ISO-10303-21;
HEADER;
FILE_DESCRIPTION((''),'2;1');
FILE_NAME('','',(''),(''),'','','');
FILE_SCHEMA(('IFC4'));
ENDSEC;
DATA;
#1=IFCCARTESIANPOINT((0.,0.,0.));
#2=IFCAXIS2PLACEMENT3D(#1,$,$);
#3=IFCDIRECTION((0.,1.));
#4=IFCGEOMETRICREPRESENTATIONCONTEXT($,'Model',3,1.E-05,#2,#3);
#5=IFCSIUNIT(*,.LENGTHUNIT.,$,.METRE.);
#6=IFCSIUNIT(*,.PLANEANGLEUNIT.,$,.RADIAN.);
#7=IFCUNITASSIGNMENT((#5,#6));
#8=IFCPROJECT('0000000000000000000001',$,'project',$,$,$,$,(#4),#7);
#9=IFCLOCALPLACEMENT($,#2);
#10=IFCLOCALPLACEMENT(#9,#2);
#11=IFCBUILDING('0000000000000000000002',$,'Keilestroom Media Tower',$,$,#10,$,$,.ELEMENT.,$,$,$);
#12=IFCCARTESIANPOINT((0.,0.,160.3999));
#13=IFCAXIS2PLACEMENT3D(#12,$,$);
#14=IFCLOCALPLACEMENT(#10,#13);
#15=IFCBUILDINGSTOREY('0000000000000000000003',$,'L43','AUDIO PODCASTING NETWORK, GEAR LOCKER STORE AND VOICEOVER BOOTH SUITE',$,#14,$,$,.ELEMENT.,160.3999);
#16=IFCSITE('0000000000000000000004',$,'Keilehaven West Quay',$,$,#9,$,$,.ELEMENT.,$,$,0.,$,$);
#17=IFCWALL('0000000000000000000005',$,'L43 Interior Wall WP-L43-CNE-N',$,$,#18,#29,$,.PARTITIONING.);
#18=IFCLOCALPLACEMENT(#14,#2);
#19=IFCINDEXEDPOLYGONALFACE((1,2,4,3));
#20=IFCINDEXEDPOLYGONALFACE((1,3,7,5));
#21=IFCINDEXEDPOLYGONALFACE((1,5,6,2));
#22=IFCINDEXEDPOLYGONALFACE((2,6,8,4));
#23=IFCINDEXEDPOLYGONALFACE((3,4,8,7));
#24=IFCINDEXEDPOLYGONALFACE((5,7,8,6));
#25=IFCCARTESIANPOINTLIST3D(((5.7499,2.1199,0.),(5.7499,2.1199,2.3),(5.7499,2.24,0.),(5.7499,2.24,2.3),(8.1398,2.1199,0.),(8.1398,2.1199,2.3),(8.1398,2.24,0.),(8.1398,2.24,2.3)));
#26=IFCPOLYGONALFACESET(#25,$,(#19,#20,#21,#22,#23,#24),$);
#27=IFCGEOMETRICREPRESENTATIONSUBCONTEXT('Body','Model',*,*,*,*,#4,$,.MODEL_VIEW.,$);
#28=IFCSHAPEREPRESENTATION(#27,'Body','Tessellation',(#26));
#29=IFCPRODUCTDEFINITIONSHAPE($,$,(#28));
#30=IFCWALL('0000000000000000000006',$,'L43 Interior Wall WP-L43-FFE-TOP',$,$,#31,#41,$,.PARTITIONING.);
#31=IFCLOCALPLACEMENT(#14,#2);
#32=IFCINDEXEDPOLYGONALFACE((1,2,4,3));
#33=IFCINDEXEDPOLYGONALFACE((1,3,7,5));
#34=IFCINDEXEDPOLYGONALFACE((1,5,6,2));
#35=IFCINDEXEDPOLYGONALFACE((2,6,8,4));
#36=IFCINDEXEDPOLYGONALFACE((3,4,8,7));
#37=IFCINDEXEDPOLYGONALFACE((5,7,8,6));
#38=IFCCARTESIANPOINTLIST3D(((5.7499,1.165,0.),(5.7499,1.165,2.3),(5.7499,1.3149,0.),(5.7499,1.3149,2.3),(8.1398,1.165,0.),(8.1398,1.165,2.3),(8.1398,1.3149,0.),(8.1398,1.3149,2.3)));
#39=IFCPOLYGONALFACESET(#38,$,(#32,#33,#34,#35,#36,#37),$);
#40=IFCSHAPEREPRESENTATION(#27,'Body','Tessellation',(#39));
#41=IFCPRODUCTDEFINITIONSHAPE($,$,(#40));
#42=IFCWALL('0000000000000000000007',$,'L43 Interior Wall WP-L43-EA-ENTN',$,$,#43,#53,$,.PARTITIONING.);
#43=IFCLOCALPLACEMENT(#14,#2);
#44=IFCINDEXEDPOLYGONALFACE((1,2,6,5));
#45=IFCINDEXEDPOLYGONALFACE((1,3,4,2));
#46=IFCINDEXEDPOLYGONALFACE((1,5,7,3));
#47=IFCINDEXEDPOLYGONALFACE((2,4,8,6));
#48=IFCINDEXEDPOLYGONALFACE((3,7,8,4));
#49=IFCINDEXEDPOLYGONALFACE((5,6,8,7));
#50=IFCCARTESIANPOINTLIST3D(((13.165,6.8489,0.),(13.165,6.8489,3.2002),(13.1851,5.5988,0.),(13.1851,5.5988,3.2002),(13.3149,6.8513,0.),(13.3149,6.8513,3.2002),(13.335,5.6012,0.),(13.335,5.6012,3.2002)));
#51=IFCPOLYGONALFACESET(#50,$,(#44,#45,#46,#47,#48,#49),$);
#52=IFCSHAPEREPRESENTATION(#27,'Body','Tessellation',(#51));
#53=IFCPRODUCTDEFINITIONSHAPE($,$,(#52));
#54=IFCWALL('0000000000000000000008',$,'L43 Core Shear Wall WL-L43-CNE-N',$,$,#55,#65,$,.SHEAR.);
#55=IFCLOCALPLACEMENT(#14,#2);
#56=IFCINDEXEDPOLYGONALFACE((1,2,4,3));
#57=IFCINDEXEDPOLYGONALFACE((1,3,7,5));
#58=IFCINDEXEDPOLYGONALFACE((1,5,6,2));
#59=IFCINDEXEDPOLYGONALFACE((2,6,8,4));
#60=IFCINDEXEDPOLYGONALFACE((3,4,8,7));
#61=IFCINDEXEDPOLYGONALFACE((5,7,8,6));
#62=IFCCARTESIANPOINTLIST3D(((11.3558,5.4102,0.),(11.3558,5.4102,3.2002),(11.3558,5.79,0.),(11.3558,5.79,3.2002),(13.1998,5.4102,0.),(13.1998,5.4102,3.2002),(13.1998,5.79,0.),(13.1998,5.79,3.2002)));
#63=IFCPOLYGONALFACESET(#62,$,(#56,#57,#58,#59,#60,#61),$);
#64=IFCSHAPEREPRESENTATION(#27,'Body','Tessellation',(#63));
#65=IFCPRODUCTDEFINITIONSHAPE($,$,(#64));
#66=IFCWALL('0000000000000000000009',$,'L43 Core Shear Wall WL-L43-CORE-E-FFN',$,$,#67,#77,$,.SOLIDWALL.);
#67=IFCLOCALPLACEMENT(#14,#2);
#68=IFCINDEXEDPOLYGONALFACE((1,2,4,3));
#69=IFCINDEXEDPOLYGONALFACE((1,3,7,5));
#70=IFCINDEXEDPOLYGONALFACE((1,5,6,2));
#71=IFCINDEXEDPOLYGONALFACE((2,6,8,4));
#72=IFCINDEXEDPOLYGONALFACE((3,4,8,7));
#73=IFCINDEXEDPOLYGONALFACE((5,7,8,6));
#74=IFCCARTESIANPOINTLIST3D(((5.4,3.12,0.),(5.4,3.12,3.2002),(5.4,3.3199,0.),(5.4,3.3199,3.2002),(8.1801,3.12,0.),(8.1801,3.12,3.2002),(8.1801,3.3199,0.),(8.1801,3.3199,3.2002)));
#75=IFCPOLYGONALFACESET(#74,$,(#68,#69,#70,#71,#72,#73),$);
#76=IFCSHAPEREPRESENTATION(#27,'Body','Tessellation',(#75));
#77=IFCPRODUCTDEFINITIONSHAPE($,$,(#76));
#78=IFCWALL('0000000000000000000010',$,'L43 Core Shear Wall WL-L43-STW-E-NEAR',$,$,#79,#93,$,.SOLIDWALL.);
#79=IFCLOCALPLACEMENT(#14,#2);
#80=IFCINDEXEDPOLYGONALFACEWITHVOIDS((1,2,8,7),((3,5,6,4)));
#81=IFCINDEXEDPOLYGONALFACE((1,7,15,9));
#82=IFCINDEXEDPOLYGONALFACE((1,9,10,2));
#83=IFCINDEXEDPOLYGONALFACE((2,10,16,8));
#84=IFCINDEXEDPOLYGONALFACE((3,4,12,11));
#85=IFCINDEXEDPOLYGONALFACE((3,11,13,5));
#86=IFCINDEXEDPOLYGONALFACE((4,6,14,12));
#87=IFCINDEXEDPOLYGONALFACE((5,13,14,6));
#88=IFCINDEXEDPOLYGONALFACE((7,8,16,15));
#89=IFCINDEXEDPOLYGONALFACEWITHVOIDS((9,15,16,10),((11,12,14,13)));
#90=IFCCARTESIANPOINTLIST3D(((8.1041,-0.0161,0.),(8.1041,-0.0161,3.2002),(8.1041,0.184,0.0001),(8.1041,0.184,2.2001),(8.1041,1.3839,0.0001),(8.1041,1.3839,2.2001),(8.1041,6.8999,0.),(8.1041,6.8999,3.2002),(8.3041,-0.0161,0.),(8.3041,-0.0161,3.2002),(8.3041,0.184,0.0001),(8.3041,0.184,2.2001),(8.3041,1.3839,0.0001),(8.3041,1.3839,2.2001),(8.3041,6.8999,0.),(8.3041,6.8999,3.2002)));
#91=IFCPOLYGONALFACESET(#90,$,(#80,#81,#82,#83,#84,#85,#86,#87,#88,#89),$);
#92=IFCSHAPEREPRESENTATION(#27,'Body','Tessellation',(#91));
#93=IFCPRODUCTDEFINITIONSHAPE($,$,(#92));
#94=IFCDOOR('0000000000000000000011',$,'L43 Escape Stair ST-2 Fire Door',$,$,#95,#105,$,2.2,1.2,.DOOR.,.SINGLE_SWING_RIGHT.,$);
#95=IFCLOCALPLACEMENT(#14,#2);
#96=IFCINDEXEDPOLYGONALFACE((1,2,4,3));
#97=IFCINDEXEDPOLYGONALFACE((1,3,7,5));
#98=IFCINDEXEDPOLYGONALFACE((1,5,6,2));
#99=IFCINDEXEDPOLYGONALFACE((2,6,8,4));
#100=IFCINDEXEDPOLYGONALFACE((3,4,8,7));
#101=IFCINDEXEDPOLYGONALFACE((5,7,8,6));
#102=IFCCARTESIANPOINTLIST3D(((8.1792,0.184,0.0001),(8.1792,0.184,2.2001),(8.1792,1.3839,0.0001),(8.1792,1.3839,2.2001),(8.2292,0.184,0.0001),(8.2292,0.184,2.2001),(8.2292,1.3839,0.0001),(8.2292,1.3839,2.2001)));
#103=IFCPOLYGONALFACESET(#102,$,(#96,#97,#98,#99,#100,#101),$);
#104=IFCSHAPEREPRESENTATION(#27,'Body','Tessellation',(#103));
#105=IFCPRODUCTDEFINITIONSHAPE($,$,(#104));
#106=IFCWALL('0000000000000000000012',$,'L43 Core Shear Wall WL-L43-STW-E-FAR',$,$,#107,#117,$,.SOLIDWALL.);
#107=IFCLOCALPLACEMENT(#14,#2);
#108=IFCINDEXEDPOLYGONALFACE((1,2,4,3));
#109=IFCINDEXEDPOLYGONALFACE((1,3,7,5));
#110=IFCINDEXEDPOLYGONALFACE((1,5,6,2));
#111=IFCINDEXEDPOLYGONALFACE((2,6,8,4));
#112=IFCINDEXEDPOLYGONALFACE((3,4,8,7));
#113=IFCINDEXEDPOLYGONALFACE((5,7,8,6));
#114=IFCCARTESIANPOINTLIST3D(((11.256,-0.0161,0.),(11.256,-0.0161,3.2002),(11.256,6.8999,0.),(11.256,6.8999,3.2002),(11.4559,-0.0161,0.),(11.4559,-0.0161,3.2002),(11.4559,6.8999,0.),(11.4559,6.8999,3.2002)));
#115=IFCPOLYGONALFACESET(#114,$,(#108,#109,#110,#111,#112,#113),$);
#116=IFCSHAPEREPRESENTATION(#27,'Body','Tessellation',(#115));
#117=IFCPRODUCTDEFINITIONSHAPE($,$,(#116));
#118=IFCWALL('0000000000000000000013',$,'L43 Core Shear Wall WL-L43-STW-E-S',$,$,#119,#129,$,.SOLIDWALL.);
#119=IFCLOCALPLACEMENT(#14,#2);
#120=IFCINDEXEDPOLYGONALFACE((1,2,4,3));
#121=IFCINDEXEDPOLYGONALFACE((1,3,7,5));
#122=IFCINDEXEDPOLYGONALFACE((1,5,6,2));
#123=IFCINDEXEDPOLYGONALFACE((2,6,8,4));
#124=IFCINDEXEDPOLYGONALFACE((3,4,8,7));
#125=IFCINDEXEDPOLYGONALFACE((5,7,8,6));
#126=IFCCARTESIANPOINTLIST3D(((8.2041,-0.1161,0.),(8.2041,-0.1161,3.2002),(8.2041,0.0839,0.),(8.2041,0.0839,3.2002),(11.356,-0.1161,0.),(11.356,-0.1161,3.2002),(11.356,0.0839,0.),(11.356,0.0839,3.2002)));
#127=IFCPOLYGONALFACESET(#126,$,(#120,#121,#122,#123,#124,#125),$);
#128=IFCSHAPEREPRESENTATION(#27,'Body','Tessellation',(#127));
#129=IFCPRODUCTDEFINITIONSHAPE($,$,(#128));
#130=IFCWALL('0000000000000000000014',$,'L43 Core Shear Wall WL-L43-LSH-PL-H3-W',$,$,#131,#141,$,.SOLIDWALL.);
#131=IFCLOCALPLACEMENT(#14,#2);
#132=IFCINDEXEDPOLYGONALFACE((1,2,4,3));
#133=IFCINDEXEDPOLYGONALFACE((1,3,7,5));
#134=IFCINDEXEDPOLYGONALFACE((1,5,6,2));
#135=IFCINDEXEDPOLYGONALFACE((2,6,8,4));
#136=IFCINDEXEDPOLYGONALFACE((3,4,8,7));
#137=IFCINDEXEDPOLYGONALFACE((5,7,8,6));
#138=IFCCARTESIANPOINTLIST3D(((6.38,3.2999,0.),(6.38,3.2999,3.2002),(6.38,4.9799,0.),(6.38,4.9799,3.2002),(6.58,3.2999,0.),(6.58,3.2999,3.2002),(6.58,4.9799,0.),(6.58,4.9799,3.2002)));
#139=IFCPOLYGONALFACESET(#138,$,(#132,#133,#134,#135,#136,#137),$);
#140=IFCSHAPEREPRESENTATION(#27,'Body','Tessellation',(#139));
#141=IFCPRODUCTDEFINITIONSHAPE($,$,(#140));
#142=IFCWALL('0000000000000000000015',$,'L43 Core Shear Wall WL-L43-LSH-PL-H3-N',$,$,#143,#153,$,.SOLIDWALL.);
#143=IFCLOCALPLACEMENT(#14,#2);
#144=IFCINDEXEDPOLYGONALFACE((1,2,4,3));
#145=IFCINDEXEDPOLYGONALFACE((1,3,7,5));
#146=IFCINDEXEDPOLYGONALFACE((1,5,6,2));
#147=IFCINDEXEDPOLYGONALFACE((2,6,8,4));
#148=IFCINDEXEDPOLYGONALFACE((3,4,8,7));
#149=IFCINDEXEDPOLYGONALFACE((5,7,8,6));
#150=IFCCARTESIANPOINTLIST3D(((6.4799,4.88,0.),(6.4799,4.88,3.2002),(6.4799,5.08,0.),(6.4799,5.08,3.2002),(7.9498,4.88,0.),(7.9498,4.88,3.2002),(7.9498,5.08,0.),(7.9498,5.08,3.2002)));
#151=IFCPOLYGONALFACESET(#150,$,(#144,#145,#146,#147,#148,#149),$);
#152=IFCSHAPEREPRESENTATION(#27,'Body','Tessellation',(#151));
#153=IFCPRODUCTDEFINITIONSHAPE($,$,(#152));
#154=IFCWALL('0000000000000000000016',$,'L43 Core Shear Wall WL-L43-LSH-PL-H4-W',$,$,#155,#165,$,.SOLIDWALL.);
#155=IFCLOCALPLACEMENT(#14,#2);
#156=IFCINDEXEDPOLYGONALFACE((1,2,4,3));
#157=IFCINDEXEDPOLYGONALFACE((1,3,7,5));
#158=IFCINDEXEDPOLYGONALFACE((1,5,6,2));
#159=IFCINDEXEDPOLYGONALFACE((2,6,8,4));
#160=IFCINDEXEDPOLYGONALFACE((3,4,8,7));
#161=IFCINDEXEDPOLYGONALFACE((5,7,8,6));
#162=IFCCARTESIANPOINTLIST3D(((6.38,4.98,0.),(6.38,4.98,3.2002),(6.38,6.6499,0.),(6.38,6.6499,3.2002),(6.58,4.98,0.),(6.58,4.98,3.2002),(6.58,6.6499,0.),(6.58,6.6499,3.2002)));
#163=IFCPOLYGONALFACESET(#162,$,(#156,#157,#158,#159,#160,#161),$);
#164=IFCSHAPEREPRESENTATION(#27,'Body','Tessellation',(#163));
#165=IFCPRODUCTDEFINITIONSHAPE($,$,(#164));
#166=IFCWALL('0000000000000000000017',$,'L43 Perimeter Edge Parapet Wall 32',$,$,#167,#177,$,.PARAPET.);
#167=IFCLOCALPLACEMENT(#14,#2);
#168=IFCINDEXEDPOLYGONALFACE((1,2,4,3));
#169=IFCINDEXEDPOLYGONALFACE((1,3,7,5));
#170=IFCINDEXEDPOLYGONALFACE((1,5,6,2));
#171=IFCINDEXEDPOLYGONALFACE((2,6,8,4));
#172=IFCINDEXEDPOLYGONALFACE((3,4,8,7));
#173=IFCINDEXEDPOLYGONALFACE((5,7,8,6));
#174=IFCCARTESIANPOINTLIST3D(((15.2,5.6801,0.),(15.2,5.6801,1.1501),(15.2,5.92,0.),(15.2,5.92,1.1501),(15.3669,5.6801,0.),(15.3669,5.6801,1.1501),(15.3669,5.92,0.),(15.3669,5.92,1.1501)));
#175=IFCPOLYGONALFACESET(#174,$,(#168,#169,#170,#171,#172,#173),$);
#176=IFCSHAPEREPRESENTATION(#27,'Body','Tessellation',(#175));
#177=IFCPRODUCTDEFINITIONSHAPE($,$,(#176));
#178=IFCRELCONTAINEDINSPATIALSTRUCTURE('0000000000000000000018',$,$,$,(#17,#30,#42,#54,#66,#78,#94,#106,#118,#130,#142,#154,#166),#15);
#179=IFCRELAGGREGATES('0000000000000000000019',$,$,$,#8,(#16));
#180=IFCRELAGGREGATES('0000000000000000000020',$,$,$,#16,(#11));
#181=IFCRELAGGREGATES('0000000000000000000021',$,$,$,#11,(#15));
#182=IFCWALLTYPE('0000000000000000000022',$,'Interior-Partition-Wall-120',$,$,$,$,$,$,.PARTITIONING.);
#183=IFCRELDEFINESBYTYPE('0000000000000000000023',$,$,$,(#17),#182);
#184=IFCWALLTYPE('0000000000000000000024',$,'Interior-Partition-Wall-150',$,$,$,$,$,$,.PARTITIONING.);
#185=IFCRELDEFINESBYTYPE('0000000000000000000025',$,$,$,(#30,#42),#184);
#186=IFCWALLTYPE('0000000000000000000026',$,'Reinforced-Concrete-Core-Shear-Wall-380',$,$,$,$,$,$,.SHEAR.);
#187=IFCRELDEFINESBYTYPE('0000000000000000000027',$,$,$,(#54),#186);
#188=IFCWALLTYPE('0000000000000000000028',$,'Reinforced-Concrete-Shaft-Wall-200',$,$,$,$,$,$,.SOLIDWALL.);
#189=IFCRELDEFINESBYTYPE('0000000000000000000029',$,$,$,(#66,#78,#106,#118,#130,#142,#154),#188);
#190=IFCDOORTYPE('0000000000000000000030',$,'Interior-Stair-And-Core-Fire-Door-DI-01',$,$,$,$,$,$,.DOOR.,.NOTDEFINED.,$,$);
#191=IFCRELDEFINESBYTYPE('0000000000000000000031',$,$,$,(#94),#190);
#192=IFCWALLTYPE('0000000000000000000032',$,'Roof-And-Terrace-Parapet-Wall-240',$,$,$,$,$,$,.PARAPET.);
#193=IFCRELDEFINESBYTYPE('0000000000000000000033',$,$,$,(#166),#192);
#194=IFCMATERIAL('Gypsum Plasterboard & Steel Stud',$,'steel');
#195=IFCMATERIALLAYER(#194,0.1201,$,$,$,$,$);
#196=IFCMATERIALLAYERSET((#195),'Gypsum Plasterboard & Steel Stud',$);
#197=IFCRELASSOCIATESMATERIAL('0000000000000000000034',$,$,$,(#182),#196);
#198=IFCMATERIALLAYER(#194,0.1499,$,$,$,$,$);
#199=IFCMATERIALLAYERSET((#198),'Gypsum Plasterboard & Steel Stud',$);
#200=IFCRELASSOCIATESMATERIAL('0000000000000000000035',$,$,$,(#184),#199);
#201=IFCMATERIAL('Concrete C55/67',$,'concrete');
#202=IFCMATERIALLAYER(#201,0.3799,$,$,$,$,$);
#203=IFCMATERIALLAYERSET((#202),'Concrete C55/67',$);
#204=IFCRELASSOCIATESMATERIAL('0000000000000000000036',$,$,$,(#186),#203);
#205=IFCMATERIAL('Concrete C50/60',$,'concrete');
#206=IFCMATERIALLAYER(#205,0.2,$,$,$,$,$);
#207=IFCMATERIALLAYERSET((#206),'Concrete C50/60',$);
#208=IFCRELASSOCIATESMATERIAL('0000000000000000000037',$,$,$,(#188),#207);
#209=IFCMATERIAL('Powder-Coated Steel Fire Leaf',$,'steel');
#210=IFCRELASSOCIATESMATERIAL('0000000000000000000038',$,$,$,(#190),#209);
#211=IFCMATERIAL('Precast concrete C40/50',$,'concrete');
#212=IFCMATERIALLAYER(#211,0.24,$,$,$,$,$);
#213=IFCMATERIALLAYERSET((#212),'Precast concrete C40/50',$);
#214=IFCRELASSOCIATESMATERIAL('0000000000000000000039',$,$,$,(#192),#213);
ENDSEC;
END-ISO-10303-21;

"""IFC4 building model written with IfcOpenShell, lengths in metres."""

from ifc_helpers import new_model, si_unit, direction, frame, frame_2d, origin, place, context, subcontext, project, spatial, rectangle, extrude, source, transform, mapped, material, layer, layer_set, type_object, element, fill, save


model = new_model("IFC4")

# Units and contexts
model_context = context("Model", 3, precision=1e-05, world=origin(), true_north=direction((0.0, 1.0)))
body_context = subcontext(model_context, "Body", "Model", "MODEL_VIEW")
ifc_project = project(units=[si_unit("LENGTHUNIT", "METRE"), si_unit("PLANEANGLEUNIT", "RADIAN")], contexts=[model_context])

# Site, building, storey
site_placement = place(None, origin())
site = spatial("IfcSite", under=ifc_project, at=site_placement, Name="Keilehaven West Quay", CompositionType="ELEMENT", RefElevation=0.0)
building_placement = place(site_placement, origin())
building = spatial("IfcBuilding", under=site, at=building_placement, Name="Keilestroom Media Tower", CompositionType="ELEMENT")
storey_placement = place(building_placement, frame((0.0, 0.0, 160.3999)))
storey = spatial("IfcBuildingStorey", under=building, at=storey_placement, Name="L43", Description="AUDIO PODCASTING NETWORK, GEAR LOCKER STORE AND VOICEOVER BOOTH SUITE", CompositionType="ELEMENT", Elevation=160.3999)

# Shared definitions
ifc_material_1 = material(Name="Precast concrete C40/50", Category="concrete")
ifc_material_2 = material(Name="Concrete C55/67", Category="concrete")

# Walls
ifc_material_3 = material(Name="Gypsum Plasterboard & Steel Stud", Category="steel")
ifc_layer_1 = layer(ifc_material_3, 0.1201)
ifc_layer_set_1 = layer_set([ifc_layer_1], Name="Gypsum Plasterboard & Steel Stud")
wall_type_1 = type_object("IfcWallType", Name="Interior-Partition-Wall-120", PredefinedType="PARTITIONING", material=ifc_layer_set_1)
wall_1_placement = place(storey_placement, frame((5.75, 2.1799, 0.0), z_axis=(0.0, 0.0, 1.0), x_axis=(1.0, 0.0, 0.0)))
element("IfcWall", 1, at=wall_1_placement, inside=storey, type_object=wall_type_1, Name="L43 Interior Wall WP-L43-CNE-N", PredefinedType="PARTITIONING", context=body_context, shape_type="SweptSolid", body=[
    extrude(rectangle(XDim=2.3899, YDim=0.1201, at=frame_2d((1.1948, 0.0))), origin(), (0.0, 0.0, 1.0), 2.3),
])
ifc_layer_2 = layer(ifc_material_3, 0.1499)
ifc_layer_set_2 = layer_set([ifc_layer_2], Name="Gypsum Plasterboard & Steel Stud")
wall_type_2 = type_object("IfcWallType", Name="Interior-Partition-Wall-150", PredefinedType="PARTITIONING", material=ifc_layer_set_2)
wall_2_placement = place(storey_placement, frame((5.75, 1.24, 0.0), z_axis=(0.0, 0.0, 1.0), x_axis=(1.0, 0.0, 0.0)))
element("IfcWall", 2, at=wall_2_placement, inside=storey, type_object=wall_type_2, Name="L43 Interior Wall WP-L43-FFE-TOP", PredefinedType="PARTITIONING", context=body_context, shape_type="SweptSolid", body=[
    extrude(rectangle(XDim=2.3899, YDim=0.1499, at=frame_2d((1.1948, 0.0))), origin(), (0.0, 0.0, 1.0), 2.3),
])
wall_3_placement = place(storey_placement, frame((13.26, 5.6001, 0.0), z_axis=(0.0, 0.0, 1.0), x_axis=(-0.016014, 0.999872, 0.0)))
element("IfcWall", 3, at=wall_3_placement, inside=storey, type_object=wall_type_2, Name="L43 Interior Wall WP-L43-EA-ENTN", PredefinedType="PARTITIONING", context=body_context, shape_type="SweptSolid", body=[
    extrude(rectangle(XDim=1.2502, YDim=0.1499, at=frame_2d((0.625, 0.0))), origin(), (0.0, 0.0, 1.0), 3.2002),
])
ifc_layer_3 = layer(ifc_material_2, 0.3799)
ifc_layer_set_3 = layer_set([ifc_layer_3], Name="Concrete C55/67")
wall_type_3 = type_object("IfcWallType", Name="Reinforced-Concrete-Core-Shear-Wall-380", PredefinedType="SHEAR", material=ifc_layer_set_3)
wall_4_placement = place(storey_placement, frame((11.356, 5.6001, 0.0), z_axis=(0.0, 0.0, 1.0), x_axis=(1.0, 0.0, 0.0)))
element("IfcWall", 4, at=wall_4_placement, inside=storey, type_object=wall_type_3, Name="L43 Core Shear Wall WL-L43-CNE-N", PredefinedType="SHEAR", context=body_context, shape_type="SweptSolid", body=[
    extrude(rectangle(XDim=1.844, YDim=0.3799, at=frame_2d((0.9219, 0.0))), origin(), (0.0, 0.0, 1.0), 3.2002),
])
ifc_material_4 = material(Name="Concrete C50/60", Category="concrete")
ifc_layer_4 = layer(ifc_material_4, 0.2)
ifc_layer_set_4 = layer_set([ifc_layer_4], Name="Concrete C50/60")
wall_type_4 = type_object("IfcWallType", Name="Reinforced-Concrete-Shaft-Wall-200", PredefinedType="SOLIDWALL", material=ifc_layer_set_4)
wall_5_placement = place(storey_placement, frame((5.3999, 3.22, 0.0), z_axis=(0.0, 0.0, 1.0), x_axis=(1.0, 0.0, 0.0)))
element("IfcWall", 5, at=wall_5_placement, inside=storey, type_object=wall_type_4, Name="L43 Core Shear Wall WL-L43-CORE-E-FFN", PredefinedType="SOLIDWALL", context=body_context, shape_type="SweptSolid", body=[
    extrude(rectangle(XDim=2.78, YDim=0.2, at=frame_2d((1.3901, 0.0))), origin(), (0.0, 0.0, 1.0), 3.2002),
])

# Wall, opening, door
wall_6_placement = place(storey_placement, frame((8.2041, -0.0161, 0.0), z_axis=(0.0, 0.0, 1.0), x_axis=(0.0, 1.0, 0.0)))
wall_6 = element("IfcWall", 6, at=wall_6_placement, inside=storey, type_object=wall_type_4, Name="L43 Core Shear Wall WL-L43-STW-E-NEAR", PredefinedType="SOLIDWALL", context=body_context, shape_type="SweptSolid", body=[
    extrude(rectangle(XDim=6.916, YDim=0.2, at=frame_2d((3.458, 0.0))), origin(), (0.0, 0.0, 1.0), 3.2002),
])
opening_placement = place(wall_6_placement, frame((0.2, 0.0, 0.0)))
opening = element("IfcOpeningElement", 7, at=opening_placement, cuts=wall_6, PredefinedType="OPENING", context=body_context, shape_type="SweptSolid", body=[
    extrude(rectangle(XDim=1.2, YDim=2.2, at=frame_2d((0.6001, 1.1001))), frame((0.0, 0.1099, 0.0), z_axis=(0.0, -1.0, 0.0), x_axis=(1.0, 0.0, 0.0)), (0.0, 0.0, 1.0), 0.22),
])
ifc_material_5 = material(Name="Powder-Coated Steel Fire Leaf", Category="steel")
door_type = type_object("IfcDoorType", Name="Interior-Stair-And-Core-Fire-Door-DI-01", OperationType="NOTDEFINED", PredefinedType="DOOR", material=ifc_material_5)
shared_shape_1 = source(origin(), body_context, "Body", "SweptSolid", [
    extrude(rectangle(XDim=1.2, YDim=2.2, at=frame_2d((0.6001, 1.1001))), frame((0.0, 0.0249, 0.0), z_axis=(0.0, -1.0, 0.0), x_axis=(1.0, 0.0, 0.0)), (0.0, 0.0, 1.0), 0.05),
])
door_placement = place(opening_placement, origin())
door = element("IfcDoor", 8, at=door_placement, inside=storey, type_object=door_type, Name="L43 Escape Stair ST-2 Fire Door", OperationType="SINGLE_SWING_RIGHT", OverallHeight=2.2, OverallWidth=1.2, PredefinedType="DOOR", context=body_context, shape_type="MappedRepresentation", body=[
    mapped(shared_shape_1, transform((0.0, 0.0, 0.0), x_axis=(1.0, 0.0, 0.0), y_axis=(0.0, 1.0, 0.0), z_axis=(0.0, 0.0, 1.0), scale=1.0)),
])
fill(opening, door)

# Walls
wall_7_placement = place(storey_placement, frame((11.356, -0.0161, 0.0), z_axis=(0.0, 0.0, 1.0), x_axis=(0.0, 1.0, 0.0)))
element("IfcWall", 9, at=wall_7_placement, inside=storey, type_object=wall_type_4, Name="L43 Core Shear Wall WL-L43-STW-E-FAR", PredefinedType="SOLIDWALL", context=body_context, shape_type="SweptSolid", body=[
    extrude(rectangle(XDim=6.916, YDim=0.2, at=frame_2d((3.458, 0.0))), origin(), (0.0, 0.0, 1.0), 3.2002),
])
wall_8_placement = place(storey_placement, frame((8.2041, -0.0161, 0.0), z_axis=(0.0, 0.0, 1.0), x_axis=(1.0, 0.0, 0.0)))
element("IfcWall", 10, at=wall_8_placement, inside=storey, type_object=wall_type_4, Name="L43 Core Shear Wall WL-L43-STW-E-S", PredefinedType="SOLIDWALL", context=body_context, shape_type="SweptSolid", body=[
    extrude(rectangle(XDim=3.1519, YDim=0.2, at=frame_2d((1.5759, 0.0))), origin(), (0.0, 0.0, 1.0), 3.2002),
])
wall_9_placement = place(storey_placement, frame((6.48, 3.3, 0.0), z_axis=(0.0, 0.0, 1.0), x_axis=(0.0, 1.0, 0.0)))
element("IfcWall", 11, at=wall_9_placement, inside=storey, type_object=wall_type_4, Name="L43 Core Shear Wall WL-L43-LSH-PL-H3-W", PredefinedType="SOLIDWALL", context=body_context, shape_type="SweptSolid", body=[
    extrude(rectangle(XDim=1.6799, YDim=0.2, at=frame_2d((0.8398, 0.0))), origin(), (0.0, 0.0, 1.0), 3.2002),
])
wall_10_placement = place(storey_placement, frame((6.48, 4.98, 0.0), z_axis=(0.0, 0.0, 1.0), x_axis=(1.0, 0.0, 0.0)))
element("IfcWall", 12, at=wall_10_placement, inside=storey, type_object=wall_type_4, Name="L43 Core Shear Wall WL-L43-LSH-PL-H3-N", PredefinedType="SOLIDWALL", context=body_context, shape_type="SweptSolid", body=[
    extrude(rectangle(XDim=1.47, YDim=0.2, at=frame_2d((0.7349, 0.0))), origin(), (0.0, 0.0, 1.0), 3.2002),
])
wall_11_placement = place(storey_placement, frame((6.48, 4.98, 0.0), z_axis=(0.0, 0.0, 1.0), x_axis=(0.0, 1.0, 0.0)))
element("IfcWall", 13, at=wall_11_placement, inside=storey, type_object=wall_type_4, Name="L43 Core Shear Wall WL-L43-LSH-PL-H4-W", PredefinedType="SOLIDWALL", context=body_context, shape_type="SweptSolid", body=[
    extrude(rectangle(XDim=1.6699, YDim=0.2, at=frame_2d((0.835, 0.0))), origin(), (0.0, 0.0, 1.0), 3.2002),
])
ifc_layer_5 = layer(ifc_material_1, 0.24)
ifc_layer_set_5 = layer_set([ifc_layer_5], Name="Precast concrete C40/50")
wall_type_5 = type_object("IfcWallType", Name="Roof-And-Terrace-Parapet-Wall-240", PredefinedType="PARAPET", material=ifc_layer_set_5)
wall_12_placement = place(storey_placement, frame((15.2, 5.8, 0.0), z_axis=(0.0, 0.0, 1.0), x_axis=(1.0, 0.0, 0.0)))
element("IfcWall", 14, at=wall_12_placement, inside=storey, type_object=wall_type_5, Name="L43 Perimeter Edge Parapet Wall 32", PredefinedType="PARAPET", context=body_context, shape_type="SweptSolid", body=[
    extrude(rectangle(XDim=0.167, YDim=0.24, at=frame_2d((0.0835, 0.0))), origin(), (0.0, 0.0, 1.0), 1.1501),
])

save(model, "model.ifc")
